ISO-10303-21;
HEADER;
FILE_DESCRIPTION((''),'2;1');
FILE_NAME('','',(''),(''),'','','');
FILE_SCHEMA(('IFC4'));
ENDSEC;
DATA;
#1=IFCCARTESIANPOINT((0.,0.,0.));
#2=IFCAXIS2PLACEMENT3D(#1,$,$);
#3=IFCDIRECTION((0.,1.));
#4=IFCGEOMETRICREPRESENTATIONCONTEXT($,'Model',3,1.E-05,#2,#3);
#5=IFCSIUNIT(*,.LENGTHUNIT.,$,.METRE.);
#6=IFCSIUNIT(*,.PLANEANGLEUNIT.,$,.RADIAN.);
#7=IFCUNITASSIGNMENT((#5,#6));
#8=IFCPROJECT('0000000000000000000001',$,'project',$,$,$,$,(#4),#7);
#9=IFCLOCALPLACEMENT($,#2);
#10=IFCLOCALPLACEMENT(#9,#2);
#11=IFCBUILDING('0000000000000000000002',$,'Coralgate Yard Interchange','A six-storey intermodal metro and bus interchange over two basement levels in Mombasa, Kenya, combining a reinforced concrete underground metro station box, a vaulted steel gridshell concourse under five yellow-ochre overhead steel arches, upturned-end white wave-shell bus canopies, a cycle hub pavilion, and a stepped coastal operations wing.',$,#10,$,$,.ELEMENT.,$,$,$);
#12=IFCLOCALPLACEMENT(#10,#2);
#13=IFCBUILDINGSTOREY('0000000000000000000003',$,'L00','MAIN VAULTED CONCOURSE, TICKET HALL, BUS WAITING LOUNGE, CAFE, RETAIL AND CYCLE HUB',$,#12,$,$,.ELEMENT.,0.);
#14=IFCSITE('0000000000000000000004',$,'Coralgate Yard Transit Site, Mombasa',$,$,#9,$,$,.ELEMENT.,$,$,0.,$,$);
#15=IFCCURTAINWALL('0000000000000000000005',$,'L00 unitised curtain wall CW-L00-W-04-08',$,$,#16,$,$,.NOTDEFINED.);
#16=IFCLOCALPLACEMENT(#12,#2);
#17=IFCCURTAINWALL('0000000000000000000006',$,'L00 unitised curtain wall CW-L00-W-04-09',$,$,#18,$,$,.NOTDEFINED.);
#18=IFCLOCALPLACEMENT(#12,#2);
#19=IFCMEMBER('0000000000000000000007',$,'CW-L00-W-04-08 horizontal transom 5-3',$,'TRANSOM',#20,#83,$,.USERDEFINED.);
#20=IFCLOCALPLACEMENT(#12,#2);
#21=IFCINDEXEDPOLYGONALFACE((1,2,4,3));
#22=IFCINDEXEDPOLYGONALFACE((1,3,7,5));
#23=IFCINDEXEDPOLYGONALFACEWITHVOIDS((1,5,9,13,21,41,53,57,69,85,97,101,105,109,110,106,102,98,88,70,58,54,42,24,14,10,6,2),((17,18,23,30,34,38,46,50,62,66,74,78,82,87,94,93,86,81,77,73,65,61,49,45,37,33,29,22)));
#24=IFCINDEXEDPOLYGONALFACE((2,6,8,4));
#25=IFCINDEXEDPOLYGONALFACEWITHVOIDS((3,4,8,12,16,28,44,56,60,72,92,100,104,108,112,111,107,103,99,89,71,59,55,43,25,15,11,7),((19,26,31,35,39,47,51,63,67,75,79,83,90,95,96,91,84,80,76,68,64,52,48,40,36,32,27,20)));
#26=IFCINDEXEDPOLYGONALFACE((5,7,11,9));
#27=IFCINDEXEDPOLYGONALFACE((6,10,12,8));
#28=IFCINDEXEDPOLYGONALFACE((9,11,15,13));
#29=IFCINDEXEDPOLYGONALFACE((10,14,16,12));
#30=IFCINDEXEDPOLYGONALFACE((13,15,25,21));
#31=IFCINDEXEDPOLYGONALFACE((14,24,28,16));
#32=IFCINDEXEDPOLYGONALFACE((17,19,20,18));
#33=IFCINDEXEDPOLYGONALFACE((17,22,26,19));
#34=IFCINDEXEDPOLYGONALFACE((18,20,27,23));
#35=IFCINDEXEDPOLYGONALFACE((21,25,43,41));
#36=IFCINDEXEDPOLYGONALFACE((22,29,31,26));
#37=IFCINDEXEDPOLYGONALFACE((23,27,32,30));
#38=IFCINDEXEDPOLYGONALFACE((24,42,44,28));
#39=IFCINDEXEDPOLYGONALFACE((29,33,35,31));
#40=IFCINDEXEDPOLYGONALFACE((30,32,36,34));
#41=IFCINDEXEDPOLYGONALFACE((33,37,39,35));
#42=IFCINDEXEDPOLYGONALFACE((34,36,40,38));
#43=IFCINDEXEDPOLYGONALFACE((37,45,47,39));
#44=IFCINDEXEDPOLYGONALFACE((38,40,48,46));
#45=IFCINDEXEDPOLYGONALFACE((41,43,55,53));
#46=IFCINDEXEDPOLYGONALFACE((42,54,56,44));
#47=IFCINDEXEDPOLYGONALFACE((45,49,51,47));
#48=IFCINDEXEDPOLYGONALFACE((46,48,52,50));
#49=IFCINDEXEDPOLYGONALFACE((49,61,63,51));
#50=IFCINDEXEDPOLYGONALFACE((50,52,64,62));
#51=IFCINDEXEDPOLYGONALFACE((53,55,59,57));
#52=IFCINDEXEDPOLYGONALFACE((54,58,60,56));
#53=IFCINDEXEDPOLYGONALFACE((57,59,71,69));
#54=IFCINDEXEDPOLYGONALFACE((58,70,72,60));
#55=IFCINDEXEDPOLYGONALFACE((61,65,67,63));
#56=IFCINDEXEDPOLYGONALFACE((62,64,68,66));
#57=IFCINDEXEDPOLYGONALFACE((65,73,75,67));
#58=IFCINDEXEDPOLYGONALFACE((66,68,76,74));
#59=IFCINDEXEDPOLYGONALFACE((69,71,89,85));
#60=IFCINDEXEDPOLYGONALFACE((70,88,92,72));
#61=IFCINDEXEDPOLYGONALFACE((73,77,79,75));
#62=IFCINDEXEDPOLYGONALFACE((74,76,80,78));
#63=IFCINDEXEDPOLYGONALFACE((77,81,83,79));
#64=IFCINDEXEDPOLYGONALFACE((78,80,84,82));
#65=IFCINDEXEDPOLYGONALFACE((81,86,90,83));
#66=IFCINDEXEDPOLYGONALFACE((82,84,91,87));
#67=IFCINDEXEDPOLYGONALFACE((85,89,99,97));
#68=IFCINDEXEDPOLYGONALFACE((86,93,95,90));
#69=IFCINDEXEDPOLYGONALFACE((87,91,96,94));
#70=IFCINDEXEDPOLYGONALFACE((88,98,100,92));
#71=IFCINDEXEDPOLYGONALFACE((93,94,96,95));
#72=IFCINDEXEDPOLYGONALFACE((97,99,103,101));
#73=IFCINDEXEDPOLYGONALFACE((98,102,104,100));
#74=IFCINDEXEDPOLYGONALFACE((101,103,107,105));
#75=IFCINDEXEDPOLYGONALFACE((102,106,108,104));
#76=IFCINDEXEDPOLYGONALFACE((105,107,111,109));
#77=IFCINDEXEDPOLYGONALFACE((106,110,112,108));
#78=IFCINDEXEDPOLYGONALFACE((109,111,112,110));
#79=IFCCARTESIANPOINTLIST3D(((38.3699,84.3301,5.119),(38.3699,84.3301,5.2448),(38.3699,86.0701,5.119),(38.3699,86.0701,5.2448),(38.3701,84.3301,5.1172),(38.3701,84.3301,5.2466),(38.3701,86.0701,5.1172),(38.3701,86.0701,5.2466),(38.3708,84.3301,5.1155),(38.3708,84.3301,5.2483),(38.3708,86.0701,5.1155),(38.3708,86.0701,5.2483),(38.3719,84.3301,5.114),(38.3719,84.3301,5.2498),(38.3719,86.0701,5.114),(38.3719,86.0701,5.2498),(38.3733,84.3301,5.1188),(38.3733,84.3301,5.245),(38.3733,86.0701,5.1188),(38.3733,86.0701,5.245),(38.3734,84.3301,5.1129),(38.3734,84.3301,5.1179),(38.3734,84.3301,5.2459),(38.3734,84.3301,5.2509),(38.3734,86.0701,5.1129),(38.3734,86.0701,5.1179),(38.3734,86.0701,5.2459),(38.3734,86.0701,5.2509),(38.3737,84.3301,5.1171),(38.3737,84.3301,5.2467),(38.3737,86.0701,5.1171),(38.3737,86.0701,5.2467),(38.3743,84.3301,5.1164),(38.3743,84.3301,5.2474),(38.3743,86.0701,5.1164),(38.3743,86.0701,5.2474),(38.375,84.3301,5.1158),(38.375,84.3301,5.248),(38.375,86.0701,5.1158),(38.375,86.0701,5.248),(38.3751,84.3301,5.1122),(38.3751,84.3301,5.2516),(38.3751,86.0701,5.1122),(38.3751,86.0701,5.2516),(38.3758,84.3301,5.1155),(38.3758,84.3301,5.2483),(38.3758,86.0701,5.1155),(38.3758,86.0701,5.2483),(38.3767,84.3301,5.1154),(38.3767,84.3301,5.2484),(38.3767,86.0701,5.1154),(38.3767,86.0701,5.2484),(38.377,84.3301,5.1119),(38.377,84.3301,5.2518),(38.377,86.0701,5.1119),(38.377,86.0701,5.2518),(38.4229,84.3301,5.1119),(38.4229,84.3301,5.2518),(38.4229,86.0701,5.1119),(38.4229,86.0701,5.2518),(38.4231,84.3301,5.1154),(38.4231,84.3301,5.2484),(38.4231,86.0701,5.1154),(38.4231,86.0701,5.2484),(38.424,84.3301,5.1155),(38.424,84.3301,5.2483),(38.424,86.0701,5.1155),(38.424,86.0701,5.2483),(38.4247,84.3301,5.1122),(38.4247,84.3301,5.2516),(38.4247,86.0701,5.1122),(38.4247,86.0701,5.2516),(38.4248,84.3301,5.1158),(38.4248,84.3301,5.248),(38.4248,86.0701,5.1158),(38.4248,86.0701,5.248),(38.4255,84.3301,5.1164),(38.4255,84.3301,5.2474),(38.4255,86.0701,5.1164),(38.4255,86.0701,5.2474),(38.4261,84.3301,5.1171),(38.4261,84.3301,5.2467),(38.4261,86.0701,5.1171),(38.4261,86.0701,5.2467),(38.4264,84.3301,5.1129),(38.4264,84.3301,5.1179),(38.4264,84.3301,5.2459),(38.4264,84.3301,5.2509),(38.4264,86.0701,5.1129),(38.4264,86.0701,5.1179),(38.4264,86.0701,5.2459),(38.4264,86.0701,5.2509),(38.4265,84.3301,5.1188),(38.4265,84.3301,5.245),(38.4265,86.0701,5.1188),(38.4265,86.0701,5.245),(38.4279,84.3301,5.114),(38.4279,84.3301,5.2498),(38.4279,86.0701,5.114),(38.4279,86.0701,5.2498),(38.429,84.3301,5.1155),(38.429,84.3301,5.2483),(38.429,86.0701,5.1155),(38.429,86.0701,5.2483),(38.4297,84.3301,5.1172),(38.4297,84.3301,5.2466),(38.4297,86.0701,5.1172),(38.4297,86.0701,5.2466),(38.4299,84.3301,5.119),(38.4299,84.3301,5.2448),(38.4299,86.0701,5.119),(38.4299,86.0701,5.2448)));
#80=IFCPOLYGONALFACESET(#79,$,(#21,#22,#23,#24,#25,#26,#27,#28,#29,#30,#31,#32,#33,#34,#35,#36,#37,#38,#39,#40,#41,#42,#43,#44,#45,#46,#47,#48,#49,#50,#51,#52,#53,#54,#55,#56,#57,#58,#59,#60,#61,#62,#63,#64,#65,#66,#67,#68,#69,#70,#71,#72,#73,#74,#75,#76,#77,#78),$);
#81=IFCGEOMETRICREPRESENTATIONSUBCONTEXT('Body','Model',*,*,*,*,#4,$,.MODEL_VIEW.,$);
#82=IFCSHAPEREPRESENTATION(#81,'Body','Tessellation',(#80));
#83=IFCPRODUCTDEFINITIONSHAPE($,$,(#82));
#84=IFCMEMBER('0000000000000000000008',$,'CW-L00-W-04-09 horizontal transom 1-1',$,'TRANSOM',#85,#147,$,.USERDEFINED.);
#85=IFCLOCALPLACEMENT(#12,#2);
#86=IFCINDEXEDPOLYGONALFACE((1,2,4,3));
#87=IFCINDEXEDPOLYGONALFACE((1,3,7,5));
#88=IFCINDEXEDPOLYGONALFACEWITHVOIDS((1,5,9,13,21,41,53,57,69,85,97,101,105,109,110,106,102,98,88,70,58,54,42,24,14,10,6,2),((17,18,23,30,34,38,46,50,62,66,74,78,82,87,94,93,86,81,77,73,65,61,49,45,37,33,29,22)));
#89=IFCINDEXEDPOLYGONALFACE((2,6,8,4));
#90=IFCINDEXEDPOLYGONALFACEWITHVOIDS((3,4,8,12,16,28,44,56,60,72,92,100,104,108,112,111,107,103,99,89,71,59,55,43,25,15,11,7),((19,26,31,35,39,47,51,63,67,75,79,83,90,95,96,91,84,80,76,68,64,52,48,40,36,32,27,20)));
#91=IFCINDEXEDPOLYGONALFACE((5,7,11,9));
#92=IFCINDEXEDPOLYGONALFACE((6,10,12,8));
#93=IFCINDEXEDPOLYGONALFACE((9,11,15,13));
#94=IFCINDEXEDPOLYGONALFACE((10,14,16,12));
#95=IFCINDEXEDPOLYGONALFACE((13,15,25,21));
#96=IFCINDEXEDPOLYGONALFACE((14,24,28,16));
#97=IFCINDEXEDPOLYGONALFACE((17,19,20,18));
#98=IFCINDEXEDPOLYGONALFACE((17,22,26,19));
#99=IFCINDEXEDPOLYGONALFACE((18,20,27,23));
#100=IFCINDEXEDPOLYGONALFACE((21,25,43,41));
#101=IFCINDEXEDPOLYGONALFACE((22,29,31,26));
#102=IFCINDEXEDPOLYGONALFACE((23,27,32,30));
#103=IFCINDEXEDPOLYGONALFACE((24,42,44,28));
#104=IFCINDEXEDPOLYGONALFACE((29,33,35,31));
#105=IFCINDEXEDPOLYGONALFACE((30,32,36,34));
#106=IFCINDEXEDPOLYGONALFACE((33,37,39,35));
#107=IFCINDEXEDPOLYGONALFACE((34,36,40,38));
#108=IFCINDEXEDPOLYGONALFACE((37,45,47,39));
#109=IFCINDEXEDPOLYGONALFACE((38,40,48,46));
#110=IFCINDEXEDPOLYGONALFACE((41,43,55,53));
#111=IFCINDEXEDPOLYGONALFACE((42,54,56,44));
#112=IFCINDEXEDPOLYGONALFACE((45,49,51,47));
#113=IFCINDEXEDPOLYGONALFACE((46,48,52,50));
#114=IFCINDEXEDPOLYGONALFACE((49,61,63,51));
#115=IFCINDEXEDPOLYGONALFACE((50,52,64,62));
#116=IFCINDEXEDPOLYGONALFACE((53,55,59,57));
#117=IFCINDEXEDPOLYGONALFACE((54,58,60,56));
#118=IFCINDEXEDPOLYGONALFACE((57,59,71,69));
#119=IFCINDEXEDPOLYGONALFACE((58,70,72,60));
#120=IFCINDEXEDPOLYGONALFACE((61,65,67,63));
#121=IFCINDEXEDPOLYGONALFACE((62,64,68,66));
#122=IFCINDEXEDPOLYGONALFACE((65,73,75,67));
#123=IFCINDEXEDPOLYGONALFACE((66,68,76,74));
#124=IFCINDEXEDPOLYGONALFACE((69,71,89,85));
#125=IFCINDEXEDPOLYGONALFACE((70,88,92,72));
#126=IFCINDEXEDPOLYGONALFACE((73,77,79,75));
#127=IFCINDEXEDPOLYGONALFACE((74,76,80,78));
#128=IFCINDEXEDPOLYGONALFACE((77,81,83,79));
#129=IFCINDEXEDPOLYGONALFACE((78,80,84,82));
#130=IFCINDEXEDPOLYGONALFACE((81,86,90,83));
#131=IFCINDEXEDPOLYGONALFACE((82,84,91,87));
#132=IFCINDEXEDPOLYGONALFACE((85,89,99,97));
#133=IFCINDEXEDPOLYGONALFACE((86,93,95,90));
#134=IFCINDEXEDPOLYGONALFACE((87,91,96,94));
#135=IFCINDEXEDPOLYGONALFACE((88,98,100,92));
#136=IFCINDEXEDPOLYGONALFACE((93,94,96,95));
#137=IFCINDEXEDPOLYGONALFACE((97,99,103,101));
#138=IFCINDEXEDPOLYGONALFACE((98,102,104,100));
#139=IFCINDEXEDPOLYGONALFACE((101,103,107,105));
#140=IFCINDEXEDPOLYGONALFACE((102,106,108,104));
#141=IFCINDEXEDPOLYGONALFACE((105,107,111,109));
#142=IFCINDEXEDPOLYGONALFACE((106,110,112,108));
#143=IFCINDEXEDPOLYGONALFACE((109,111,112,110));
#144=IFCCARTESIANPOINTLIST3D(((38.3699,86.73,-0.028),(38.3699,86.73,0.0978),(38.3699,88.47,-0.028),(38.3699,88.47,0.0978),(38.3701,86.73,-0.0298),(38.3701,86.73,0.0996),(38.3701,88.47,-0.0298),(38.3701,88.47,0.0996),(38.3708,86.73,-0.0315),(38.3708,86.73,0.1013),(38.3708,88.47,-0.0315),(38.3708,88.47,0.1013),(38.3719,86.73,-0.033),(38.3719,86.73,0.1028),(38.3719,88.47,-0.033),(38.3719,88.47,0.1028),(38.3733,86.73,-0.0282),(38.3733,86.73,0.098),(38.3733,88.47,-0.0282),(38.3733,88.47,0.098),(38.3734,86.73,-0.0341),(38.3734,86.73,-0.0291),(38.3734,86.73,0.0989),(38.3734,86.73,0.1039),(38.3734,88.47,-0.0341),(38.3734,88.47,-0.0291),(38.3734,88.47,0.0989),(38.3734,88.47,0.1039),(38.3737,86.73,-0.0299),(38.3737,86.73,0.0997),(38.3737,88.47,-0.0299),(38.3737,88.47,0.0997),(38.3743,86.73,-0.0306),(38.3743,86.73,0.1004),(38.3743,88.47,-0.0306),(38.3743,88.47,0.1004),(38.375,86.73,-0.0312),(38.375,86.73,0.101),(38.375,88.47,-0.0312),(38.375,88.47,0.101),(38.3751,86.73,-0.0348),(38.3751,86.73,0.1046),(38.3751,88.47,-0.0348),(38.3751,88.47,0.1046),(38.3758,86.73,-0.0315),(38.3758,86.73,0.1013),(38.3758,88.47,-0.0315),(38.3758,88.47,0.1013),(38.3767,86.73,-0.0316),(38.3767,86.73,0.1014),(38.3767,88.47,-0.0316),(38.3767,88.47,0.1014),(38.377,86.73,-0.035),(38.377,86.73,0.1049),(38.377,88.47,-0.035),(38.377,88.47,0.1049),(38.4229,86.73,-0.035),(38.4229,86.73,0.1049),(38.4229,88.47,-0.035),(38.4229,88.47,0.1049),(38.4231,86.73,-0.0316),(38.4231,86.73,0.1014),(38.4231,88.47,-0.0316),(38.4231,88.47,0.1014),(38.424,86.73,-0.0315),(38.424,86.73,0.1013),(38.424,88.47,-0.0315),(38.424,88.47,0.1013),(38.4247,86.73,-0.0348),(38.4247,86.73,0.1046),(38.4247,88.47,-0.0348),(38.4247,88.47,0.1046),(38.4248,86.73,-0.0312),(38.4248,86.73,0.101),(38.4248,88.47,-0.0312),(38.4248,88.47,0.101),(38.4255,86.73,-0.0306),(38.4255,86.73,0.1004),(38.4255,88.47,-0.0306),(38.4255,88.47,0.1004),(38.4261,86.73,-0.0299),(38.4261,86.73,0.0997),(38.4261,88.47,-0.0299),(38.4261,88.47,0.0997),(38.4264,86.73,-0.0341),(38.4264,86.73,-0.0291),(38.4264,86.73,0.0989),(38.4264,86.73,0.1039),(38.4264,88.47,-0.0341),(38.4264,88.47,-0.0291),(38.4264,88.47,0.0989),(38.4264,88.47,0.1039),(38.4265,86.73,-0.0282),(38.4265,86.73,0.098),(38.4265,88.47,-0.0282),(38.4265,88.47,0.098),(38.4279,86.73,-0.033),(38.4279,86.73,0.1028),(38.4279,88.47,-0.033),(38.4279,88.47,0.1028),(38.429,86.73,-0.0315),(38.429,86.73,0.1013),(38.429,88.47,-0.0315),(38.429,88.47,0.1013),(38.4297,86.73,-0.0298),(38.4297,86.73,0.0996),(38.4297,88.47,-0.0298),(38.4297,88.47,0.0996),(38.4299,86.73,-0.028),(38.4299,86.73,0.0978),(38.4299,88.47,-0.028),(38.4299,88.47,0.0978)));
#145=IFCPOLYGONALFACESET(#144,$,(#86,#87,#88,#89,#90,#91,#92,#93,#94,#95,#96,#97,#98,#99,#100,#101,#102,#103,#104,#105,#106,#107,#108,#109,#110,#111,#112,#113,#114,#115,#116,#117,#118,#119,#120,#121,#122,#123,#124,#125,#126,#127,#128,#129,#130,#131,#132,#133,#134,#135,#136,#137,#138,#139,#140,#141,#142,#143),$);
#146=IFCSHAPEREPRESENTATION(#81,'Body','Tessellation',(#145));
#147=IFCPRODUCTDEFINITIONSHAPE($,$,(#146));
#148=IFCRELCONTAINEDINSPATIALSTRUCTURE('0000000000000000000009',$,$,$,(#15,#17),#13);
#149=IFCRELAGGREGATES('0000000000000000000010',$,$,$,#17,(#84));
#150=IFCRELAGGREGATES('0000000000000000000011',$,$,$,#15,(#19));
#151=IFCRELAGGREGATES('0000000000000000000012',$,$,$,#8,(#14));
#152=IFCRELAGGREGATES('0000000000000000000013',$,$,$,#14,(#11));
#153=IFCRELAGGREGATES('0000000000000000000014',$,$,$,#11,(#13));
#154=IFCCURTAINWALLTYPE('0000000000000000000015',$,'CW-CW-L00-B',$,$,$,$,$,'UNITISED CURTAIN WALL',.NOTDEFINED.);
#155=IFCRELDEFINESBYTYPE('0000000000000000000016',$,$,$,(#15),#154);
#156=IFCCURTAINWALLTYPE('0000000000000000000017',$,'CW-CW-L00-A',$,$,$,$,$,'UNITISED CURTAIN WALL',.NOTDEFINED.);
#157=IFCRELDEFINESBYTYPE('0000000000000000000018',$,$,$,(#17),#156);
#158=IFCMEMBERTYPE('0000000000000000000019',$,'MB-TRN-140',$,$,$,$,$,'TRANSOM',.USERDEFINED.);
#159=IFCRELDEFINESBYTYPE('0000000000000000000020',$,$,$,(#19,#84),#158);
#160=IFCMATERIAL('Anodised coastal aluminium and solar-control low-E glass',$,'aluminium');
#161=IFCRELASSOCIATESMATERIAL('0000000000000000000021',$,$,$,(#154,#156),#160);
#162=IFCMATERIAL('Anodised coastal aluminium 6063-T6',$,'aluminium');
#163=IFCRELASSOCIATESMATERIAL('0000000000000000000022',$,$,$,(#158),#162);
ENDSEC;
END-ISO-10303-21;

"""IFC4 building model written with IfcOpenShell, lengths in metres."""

from ifc_helpers import new_model, si_unit, direction, frame, origin, origin_2d, place, context, subcontext, project, spatial, hollow_rectangle, extrude, material, material_profile, profile_set, type_object, element, aggregate, save


model = new_model("IFC4")

# Units and contexts
model_context = context("Model", 3, precision=1e-05, world=origin(), true_north=direction((0.0, 1.0)))
body_context = subcontext(model_context, "Body", "Model", "MODEL_VIEW")
ifc_project = project(units=[si_unit("LENGTHUNIT", "METRE"), si_unit("PLANEANGLEUNIT", "RADIAN")], contexts=[model_context])

# Site, building, storey
site_placement = place(None, origin())
site = spatial("IfcSite", under=ifc_project, at=site_placement, Name="Coralgate Yard Transit Site, Mombasa", CompositionType="ELEMENT", RefElevation=0.0)
building_placement = place(site_placement, origin())
building = spatial("IfcBuilding", under=site, at=building_placement, Name="Coralgate Yard Interchange", Description="A six-storey intermodal metro and bus interchange over two basement levels in Mombasa, Kenya, combining a reinforced concrete underground metro station box, a vaulted steel gridshell concourse under five yellow-ochre overhead steel arches, upturned-end white wave-shell bus canopies, a cycle hub pavilion, and a stepped coastal operations wing.", CompositionType="ELEMENT")
storey_placement = place(building_placement, origin())
storey = spatial("IfcBuildingStorey", under=building, at=storey_placement, Name="L00", Description="MAIN VAULTED CONCOURSE, TICKET HALL, BUS WAITING LOUNGE, CAFE, RETAIL AND CYCLE HUB", CompositionType="ELEMENT", Elevation=0.0)

# Curtain wall
ifc_material_1 = material(Name="Anodised coastal aluminium and solar-control low-E glass", Category="aluminium")
curtain_wall_type_1 = type_object("IfcCurtainWallType", Name="CW-CW-L00-B", ElementType="UNITISED CURTAIN WALL", PredefinedType="NOTDEFINED", material=ifc_material_1)
curtain_wall_1_placement = place(storey_placement, origin())
curtain_wall_1 = element("IfcCurtainWall", 1, at=curtain_wall_1_placement, inside=storey, type_object=curtain_wall_type_1, Name="L00 unitised curtain wall CW-L00-W-04-08", PredefinedType="NOTDEFINED")
ifc_material_2 = material(Name="Anodised coastal aluminium 6063-T6", Category="aluminium")

# Curtain wall
curtain_wall_type_2 = type_object("IfcCurtainWallType", Name="CW-CW-L00-A", ElementType="UNITISED CURTAIN WALL", PredefinedType="NOTDEFINED", material=ifc_material_1)
curtain_wall_2_placement = place(storey_placement, origin())
curtain_wall_2 = element("IfcCurtainWall", 2, at=curtain_wall_2_placement, inside=storey, type_object=curtain_wall_type_2, Name="L00 unitised curtain wall CW-L00-W-04-09", PredefinedType="NOTDEFINED")

# Members
ifc_material_profile_1 = material_profile(ifc_material_2, hollow_rectangle(XDim=0.0601, YDim=0.1399, WallThickness=0.0034, InnerFilletRadius=0.0034, OuterFilletRadius=0.0071, at=origin_2d()), Name="ALU 60x140x3.5")
ifc_profile_set_1 = profile_set([ifc_material_profile_1], Name="Anodised coastal aluminium 6063-T6")
member_type_1 = type_object("IfcMemberType", Name="MB-TRN-140", ElementType="TRANSOM", PredefinedType="USERDEFINED", material=ifc_profile_set_1)
member_1_placement = place(storey_placement, frame((38.3999, 84.3301, 5.1819), z_axis=(0.0, 1.0, 0.0), x_axis=(-1.0, 0.0, 0.0)))
member_1 = element("IfcMember", 3, at=member_1_placement, type_object=member_type_1, Name="CW-L00-W-04-08 horizontal transom 5-3", ObjectType="TRANSOM", PredefinedType="USERDEFINED", context=body_context, shape_type="SweptSolid", body=[
    extrude(hollow_rectangle(XDim=0.0601, YDim=0.1399, WallThickness=0.0034, InnerFilletRadius=0.0034, OuterFilletRadius=0.0071, at=origin_2d()), origin(), (0.0, 0.0, 1.0), 1.74),
])
member_2_placement = place(storey_placement, frame((38.3999, 86.73, 0.0349), z_axis=(0.0, 1.0, 0.0), x_axis=(-1.0, 0.0, 0.0)))
member_2 = element("IfcMember", 4, at=member_2_placement, type_object=member_type_1, Name="CW-L00-W-04-09 horizontal transom 1-1", ObjectType="TRANSOM", PredefinedType="USERDEFINED", context=body_context, shape_type="SweptSolid", body=[
    extrude(hollow_rectangle(XDim=0.0601, YDim=0.1399, WallThickness=0.0034, InnerFilletRadius=0.0034, OuterFilletRadius=0.0071, at=origin_2d()), origin(), (0.0, 0.0, 1.0), 1.74),
])
aggregate(curtain_wall_2, [member_2])

aggregate(curtain_wall_1, [member_1])

save(model, "model.ifc")
